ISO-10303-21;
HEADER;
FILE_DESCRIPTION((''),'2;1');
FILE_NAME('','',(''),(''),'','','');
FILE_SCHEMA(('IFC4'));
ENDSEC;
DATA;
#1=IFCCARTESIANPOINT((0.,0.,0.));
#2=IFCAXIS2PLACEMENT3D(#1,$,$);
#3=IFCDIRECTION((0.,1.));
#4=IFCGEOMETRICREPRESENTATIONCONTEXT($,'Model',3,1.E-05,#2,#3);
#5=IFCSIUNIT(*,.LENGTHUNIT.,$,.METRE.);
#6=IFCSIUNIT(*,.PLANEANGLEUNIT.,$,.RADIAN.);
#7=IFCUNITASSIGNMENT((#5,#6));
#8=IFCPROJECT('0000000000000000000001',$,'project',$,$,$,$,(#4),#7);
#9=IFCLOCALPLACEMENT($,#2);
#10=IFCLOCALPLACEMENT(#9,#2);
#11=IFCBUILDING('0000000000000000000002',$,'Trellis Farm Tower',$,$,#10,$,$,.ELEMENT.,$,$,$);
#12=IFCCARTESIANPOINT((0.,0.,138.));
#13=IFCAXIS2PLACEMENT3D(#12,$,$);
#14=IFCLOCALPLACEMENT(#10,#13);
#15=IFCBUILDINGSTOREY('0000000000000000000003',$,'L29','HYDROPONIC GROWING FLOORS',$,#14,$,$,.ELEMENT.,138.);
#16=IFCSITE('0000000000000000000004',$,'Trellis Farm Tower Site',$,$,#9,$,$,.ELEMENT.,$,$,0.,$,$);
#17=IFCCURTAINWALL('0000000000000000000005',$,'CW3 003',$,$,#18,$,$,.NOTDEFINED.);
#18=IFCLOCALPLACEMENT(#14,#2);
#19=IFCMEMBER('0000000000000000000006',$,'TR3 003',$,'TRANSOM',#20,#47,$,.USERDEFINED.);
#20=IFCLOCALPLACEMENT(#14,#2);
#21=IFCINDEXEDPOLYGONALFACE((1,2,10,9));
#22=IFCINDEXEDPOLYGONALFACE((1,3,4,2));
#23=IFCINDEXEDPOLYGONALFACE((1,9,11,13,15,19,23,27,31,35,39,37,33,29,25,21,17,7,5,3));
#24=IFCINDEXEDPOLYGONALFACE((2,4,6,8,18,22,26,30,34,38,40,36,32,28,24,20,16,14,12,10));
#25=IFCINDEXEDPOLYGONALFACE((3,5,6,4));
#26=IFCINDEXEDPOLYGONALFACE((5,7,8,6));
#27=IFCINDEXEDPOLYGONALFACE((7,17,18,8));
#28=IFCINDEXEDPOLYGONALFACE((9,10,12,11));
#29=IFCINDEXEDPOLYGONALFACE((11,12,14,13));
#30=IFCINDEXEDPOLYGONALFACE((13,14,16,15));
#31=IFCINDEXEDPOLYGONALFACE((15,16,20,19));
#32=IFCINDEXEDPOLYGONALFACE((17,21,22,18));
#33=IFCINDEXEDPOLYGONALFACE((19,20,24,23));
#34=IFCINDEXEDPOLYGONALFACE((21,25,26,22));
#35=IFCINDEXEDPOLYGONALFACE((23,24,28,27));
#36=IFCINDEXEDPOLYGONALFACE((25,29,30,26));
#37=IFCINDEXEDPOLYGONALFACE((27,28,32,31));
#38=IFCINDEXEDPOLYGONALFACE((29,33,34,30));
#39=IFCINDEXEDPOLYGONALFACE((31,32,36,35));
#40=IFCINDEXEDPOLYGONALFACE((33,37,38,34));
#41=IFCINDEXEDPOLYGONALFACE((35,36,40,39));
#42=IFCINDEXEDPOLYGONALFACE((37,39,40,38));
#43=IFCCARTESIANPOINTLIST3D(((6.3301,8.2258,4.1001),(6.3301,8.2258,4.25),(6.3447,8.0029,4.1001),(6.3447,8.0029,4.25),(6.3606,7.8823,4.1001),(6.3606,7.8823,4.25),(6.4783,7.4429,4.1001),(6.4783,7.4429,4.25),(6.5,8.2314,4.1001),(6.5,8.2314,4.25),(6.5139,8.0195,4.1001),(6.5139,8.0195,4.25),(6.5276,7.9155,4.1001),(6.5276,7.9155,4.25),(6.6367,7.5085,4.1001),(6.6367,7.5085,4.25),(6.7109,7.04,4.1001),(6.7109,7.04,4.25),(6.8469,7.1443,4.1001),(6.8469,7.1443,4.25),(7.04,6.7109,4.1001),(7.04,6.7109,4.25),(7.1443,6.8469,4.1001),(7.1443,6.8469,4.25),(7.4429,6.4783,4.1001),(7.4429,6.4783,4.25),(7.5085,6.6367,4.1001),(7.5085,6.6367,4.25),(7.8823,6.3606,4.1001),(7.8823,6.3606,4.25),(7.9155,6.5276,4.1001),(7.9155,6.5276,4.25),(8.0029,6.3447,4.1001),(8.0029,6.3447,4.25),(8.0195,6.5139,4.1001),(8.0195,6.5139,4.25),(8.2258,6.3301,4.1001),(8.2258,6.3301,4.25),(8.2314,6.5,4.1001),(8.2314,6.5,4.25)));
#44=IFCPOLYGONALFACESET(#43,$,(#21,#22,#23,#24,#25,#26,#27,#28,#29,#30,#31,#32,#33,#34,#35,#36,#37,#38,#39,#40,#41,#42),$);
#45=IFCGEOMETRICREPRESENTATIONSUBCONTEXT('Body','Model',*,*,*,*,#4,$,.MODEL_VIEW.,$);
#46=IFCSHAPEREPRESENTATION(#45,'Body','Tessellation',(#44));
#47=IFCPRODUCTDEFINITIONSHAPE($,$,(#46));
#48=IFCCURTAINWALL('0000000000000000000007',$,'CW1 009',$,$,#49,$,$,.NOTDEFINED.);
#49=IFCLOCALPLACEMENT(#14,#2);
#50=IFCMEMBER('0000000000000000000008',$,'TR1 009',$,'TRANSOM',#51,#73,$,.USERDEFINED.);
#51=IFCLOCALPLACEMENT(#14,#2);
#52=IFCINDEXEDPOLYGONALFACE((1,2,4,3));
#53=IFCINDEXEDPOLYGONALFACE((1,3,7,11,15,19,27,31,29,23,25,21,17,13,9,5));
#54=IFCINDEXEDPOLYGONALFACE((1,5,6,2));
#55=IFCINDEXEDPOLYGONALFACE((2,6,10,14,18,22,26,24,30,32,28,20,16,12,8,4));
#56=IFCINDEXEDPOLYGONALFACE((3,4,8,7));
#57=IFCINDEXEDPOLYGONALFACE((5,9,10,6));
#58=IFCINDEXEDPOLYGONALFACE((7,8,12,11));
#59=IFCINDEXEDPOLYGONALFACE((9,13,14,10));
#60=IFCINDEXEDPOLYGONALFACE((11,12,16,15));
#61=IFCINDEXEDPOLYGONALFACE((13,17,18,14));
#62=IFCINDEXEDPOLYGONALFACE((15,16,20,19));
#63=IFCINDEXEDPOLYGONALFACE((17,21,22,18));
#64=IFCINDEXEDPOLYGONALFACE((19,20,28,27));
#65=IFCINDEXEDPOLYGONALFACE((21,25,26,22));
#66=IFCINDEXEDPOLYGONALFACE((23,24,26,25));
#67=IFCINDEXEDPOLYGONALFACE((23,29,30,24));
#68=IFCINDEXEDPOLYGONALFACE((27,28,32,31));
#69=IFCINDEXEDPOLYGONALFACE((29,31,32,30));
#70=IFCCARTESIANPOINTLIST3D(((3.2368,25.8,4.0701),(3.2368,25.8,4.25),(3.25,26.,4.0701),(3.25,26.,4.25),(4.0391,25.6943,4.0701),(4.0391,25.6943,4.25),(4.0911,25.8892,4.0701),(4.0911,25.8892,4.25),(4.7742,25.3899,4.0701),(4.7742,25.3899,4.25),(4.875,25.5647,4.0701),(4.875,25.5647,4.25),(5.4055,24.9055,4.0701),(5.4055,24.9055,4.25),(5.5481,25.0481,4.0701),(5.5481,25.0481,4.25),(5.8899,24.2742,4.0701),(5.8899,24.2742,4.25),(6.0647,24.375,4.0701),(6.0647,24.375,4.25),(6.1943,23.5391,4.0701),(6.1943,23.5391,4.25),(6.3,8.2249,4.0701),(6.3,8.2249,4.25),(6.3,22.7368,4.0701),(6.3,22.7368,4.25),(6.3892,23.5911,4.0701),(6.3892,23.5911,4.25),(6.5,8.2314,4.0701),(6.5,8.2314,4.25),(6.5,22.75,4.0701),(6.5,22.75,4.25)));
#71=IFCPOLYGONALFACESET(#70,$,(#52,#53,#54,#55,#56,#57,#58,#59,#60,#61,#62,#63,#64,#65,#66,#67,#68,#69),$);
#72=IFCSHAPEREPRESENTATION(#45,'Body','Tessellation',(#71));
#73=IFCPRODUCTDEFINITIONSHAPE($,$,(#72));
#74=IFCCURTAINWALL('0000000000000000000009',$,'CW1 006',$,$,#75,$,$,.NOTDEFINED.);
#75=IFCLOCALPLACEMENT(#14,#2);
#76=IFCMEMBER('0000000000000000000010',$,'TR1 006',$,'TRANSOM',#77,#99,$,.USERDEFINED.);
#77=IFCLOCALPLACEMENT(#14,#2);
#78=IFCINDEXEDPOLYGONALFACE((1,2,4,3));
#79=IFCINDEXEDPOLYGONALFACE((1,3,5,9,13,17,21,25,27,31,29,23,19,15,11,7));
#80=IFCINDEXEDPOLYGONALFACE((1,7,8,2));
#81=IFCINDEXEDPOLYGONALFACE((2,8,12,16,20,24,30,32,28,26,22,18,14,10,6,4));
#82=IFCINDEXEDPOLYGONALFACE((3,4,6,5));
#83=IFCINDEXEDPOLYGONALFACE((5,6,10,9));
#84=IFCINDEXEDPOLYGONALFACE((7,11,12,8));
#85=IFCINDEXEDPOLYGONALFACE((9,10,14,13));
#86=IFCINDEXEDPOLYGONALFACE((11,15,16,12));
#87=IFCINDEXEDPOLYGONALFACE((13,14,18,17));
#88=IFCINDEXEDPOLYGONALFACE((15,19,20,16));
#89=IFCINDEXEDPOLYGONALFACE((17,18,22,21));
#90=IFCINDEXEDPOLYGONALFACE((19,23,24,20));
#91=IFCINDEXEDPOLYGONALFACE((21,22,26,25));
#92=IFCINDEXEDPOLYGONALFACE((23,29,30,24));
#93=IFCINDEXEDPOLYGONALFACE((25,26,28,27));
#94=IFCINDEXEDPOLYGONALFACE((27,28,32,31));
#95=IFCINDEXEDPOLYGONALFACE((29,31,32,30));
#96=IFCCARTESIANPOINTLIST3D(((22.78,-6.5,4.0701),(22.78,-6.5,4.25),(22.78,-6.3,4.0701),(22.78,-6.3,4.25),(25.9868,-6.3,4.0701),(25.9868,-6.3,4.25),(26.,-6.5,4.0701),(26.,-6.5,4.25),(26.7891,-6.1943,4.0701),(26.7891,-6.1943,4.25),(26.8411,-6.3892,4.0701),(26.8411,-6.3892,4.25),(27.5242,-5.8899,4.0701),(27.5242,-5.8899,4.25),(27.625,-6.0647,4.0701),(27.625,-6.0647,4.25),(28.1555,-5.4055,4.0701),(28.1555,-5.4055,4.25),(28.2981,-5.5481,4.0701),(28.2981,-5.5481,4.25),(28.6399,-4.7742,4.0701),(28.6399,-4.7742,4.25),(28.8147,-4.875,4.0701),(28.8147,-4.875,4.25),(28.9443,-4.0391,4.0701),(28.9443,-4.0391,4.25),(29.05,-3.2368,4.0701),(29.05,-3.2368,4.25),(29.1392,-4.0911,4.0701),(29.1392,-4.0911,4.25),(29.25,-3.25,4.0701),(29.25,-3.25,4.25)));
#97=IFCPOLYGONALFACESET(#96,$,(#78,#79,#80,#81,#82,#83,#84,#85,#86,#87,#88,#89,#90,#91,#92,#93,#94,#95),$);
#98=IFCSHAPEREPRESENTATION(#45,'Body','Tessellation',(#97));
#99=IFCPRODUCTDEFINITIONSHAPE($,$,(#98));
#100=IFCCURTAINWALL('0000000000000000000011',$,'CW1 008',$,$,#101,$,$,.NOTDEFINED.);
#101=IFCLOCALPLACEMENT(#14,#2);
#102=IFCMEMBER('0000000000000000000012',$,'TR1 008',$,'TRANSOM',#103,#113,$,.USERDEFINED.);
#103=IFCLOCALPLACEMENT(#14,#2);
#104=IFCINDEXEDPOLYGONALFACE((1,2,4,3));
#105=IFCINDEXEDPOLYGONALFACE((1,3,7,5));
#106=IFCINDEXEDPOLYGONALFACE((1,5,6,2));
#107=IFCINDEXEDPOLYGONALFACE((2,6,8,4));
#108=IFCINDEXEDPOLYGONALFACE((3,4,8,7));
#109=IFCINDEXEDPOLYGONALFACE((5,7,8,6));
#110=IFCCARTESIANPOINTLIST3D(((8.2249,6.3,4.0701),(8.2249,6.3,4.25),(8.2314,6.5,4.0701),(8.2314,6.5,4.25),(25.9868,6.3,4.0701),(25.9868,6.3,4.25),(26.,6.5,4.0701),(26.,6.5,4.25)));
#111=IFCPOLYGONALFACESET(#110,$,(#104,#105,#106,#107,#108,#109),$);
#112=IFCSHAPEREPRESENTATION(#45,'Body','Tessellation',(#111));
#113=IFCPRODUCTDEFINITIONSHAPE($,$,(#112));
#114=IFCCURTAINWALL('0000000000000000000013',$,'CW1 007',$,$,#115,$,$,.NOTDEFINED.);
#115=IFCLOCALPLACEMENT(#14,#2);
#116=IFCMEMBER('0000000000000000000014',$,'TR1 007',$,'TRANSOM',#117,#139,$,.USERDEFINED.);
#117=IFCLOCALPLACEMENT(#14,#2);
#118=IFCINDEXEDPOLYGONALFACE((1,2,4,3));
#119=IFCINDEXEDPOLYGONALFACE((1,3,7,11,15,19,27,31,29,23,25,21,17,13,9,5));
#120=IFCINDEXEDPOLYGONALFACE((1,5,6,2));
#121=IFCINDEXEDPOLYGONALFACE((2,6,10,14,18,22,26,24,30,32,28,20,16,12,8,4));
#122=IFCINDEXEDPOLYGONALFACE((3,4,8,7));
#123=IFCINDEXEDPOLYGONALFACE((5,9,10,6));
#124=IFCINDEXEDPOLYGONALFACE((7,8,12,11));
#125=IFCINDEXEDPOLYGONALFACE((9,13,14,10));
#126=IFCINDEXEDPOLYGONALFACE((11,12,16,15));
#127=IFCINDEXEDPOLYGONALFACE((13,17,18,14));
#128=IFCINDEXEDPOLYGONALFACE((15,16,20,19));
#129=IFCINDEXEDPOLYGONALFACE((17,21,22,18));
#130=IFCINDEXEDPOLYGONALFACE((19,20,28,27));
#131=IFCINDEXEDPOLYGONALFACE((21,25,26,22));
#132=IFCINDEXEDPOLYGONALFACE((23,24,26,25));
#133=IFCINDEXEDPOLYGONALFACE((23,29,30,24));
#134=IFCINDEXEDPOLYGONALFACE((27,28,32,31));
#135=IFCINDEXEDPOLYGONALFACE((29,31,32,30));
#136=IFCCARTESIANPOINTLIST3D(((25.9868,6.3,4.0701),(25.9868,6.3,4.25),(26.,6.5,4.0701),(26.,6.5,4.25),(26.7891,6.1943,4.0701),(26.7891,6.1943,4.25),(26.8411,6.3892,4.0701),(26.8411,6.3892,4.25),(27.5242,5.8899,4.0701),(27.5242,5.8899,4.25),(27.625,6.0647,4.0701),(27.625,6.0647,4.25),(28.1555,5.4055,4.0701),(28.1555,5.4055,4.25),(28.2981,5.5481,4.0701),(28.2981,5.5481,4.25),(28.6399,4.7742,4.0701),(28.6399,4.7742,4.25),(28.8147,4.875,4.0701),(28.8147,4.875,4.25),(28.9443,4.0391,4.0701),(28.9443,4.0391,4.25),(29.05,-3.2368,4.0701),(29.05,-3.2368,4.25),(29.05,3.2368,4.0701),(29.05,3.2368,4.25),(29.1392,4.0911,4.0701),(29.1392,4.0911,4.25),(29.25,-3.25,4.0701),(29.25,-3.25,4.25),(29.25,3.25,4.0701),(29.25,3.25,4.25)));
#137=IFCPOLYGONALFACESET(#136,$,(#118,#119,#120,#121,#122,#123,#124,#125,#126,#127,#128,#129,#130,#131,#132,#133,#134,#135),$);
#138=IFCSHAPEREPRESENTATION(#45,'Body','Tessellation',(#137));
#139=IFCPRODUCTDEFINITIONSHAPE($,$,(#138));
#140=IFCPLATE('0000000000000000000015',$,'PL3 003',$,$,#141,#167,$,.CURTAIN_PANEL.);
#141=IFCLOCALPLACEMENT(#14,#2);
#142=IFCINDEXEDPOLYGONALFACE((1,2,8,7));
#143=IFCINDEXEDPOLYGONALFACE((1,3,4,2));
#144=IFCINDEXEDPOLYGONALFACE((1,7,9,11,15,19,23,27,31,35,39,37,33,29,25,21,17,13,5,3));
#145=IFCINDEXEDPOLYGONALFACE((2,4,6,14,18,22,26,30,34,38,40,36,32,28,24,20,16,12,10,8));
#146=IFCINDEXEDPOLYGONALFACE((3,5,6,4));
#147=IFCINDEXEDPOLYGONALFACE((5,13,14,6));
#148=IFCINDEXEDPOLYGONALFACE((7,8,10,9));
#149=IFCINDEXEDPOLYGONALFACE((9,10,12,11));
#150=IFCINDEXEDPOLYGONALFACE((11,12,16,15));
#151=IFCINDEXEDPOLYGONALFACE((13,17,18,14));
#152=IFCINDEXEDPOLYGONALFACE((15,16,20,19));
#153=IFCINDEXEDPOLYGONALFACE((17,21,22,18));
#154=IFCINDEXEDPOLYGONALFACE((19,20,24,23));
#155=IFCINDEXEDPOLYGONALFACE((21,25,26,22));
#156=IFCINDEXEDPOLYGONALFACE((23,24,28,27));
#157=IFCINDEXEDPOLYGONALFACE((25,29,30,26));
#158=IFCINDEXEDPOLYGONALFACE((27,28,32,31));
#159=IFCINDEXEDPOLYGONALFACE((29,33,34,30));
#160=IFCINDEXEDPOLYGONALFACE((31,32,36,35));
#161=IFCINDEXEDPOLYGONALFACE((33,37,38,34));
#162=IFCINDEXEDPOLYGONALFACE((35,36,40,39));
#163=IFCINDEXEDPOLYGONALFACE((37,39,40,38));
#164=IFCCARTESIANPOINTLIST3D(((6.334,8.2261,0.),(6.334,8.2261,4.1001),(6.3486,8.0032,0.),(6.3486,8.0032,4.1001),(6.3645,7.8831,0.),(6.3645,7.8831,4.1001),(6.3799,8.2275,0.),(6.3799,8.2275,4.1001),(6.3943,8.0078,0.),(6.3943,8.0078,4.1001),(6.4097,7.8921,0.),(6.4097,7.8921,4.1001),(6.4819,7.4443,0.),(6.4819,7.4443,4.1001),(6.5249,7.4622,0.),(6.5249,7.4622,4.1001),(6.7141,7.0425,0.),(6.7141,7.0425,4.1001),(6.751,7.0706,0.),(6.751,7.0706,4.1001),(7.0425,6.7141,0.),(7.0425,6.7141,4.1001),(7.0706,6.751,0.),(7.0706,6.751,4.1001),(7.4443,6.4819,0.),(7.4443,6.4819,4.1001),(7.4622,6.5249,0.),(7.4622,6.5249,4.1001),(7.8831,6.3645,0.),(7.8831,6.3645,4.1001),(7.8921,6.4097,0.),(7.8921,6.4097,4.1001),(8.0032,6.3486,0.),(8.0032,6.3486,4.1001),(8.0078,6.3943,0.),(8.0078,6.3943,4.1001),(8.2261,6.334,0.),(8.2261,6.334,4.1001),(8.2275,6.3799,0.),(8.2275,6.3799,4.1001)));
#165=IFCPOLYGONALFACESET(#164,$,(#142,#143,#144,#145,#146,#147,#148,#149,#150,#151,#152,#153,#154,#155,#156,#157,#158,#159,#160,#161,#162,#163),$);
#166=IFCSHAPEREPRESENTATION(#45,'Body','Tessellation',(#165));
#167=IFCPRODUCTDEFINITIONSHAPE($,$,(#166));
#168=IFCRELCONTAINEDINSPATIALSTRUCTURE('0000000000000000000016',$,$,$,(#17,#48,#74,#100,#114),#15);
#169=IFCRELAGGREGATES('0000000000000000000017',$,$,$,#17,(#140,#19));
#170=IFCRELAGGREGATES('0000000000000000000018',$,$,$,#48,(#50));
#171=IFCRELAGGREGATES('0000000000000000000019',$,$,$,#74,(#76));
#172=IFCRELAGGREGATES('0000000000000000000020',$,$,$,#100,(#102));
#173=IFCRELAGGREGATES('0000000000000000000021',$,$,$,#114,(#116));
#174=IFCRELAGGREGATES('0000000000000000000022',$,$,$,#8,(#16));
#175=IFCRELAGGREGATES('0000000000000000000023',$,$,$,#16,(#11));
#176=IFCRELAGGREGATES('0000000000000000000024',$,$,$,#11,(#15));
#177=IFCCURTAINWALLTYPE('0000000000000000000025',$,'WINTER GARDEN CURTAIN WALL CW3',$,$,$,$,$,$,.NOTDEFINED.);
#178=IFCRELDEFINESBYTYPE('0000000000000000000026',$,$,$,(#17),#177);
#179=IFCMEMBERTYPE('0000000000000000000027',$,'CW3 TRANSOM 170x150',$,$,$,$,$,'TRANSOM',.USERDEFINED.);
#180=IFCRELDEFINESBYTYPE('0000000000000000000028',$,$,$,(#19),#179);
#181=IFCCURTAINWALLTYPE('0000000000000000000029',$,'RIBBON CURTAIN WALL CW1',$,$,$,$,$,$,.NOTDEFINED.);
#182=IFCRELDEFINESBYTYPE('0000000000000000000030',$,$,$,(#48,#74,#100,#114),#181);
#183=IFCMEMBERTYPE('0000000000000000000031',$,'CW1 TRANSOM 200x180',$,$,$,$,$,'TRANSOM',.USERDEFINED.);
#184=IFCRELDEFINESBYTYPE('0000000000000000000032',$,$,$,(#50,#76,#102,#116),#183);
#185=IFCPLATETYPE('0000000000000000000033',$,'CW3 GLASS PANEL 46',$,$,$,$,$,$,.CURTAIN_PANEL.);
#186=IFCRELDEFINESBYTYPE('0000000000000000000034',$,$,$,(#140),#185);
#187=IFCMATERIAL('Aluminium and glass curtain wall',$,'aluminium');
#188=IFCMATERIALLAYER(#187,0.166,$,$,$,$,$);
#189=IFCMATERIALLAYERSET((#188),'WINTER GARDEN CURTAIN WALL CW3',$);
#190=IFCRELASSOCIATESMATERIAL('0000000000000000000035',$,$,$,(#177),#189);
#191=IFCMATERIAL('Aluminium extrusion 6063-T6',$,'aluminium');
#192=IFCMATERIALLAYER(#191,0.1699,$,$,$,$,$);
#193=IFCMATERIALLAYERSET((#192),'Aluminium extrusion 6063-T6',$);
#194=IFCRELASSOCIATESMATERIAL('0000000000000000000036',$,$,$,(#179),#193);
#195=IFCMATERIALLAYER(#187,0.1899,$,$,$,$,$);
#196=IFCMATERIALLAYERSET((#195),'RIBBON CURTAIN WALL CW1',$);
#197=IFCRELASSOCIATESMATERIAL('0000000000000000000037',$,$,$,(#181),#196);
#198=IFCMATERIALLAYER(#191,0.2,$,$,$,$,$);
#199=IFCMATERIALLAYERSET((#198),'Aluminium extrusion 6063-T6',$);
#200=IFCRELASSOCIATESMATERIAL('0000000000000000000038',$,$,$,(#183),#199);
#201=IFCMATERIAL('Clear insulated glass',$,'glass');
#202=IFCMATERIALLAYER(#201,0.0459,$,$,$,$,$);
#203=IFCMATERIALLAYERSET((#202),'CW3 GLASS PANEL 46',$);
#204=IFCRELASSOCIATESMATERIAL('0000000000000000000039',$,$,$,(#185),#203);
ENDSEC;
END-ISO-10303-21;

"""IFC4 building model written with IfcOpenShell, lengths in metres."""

from ifc_helpers import new_model, si_unit, direction, frame, origin, place, context, subcontext, project, spatial, polyline, outline, extrude, source, transform, mapped, material, layer, layer_set, type_object, element, aggregate, save


model = new_model("IFC4")

# Units and contexts
model_context = context("Model", 3, precision=1e-05, world=origin(), true_north=direction((0.0, 1.0)))
body_context = subcontext(model_context, "Body", "Model", "MODEL_VIEW")
ifc_project = project(units=[si_unit("LENGTHUNIT", "METRE"), si_unit("PLANEANGLEUNIT", "RADIAN")], contexts=[model_context])

# Site, building, storey
site_placement = place(None, origin())
site = spatial("IfcSite", under=ifc_project, at=site_placement, Name="Trellis Farm Tower Site", CompositionType="ELEMENT", RefElevation=0.0)
building_placement = place(site_placement, origin())
building = spatial("IfcBuilding", under=site, at=building_placement, Name="Trellis Farm Tower", CompositionType="ELEMENT")
storey_placement = place(building_placement, frame((0.0, 0.0, 138.0)))
storey = spatial("IfcBuildingStorey", under=building, at=storey_placement, Name="L29", Description="HYDROPONIC GROWING FLOORS", CompositionType="ELEMENT", Elevation=138.0)

# Curtain walls, members
ifc_material_1 = material(Name="Aluminium and glass curtain wall", Category="aluminium")
ifc_layer_1 = layer(ifc_material_1, 0.166)
ifc_layer_set_1 = layer_set([ifc_layer_1], Name="WINTER GARDEN CURTAIN WALL CW3")
curtain_wall_type_1 = type_object("IfcCurtainWallType", Name="WINTER GARDEN CURTAIN WALL CW3", PredefinedType="NOTDEFINED", material=ifc_layer_set_1)
placement_1 = place(storey_placement, origin())
curtain_wall_1 = element("IfcCurtainWall", 1, at=placement_1, inside=storey, type_object=curtain_wall_type_1, Name="CW3 003", PredefinedType="NOTDEFINED")
ifc_material_2 = material(Name="Aluminium extrusion 6063-T6", Category="aluminium")
ifc_layer_2 = layer(ifc_material_2, 0.1699)
ifc_layer_set_2 = layer_set([ifc_layer_2], Name="Aluminium extrusion 6063-T6")
member_type_1 = type_object("IfcMemberType", Name="CW3 TRANSOM 170x150", ElementType="TRANSOM", PredefinedType="USERDEFINED", material=ifc_layer_set_2)
shared_shape_1 = source(origin(), body_context, "Body", "SweptSolid", [
    extrude(outline(polyline([(8.2314, 6.5), (8.0195, 6.5139), (7.9155, 6.5276), (7.5085, 6.6367), (7.1443, 6.8469), (6.8469, 7.1443), (6.6367, 7.5085), (6.5276, 7.9155), (6.5139, 8.0195), (6.5, 8.2314), (6.3301, 8.2258), (6.3447, 8.0029), (6.3606, 7.8823), (6.4783, 7.4429), (6.7109, 7.04), (7.04, 6.7109), (7.4429, 6.4783), (7.8823, 6.3606), (8.0029, 6.3447), (8.2258, 6.3301), (8.2314, 6.5)])), origin(), (0.0, 0.0, 1.0), 0.1499),
])
member_1_placement = place(storey_placement, frame((0.0, 0.0, 4.1001)))
member_1 = element("IfcMember", 2, at=member_1_placement, type_object=member_type_1, Name="TR3 003", ObjectType="TRANSOM", PredefinedType="USERDEFINED", context=body_context, shape_type="MappedRepresentation", body=[
    mapped(shared_shape_1, transform((0.0, 0.0, 0.0))),
])
ifc_layer_3 = layer(ifc_material_1, 0.1899)
ifc_layer_set_3 = layer_set([ifc_layer_3], Name="RIBBON CURTAIN WALL CW1")
curtain_wall_type_2 = type_object("IfcCurtainWallType", Name="RIBBON CURTAIN WALL CW1", PredefinedType="NOTDEFINED", material=ifc_layer_set_3)
curtain_wall_2 = element("IfcCurtainWall", 3, at=placement_1, inside=storey, type_object=curtain_wall_type_2, Name="CW1 009", PredefinedType="NOTDEFINED")
ifc_layer_4 = layer(ifc_material_2, 0.2)
ifc_layer_set_4 = layer_set([ifc_layer_4], Name="Aluminium extrusion 6063-T6")
member_type_2 = type_object("IfcMemberType", Name="CW1 TRANSOM 200x180", ElementType="TRANSOM", PredefinedType="USERDEFINED", material=ifc_layer_set_4)
shared_shape_2 = source(origin(), body_context, "Body", "SweptSolid", [
    extrude(outline(polyline([(6.5, 8.2314), (6.5, 22.75), (6.3892, 23.5911), (6.0647, 24.375), (5.5481, 25.0481), (4.875, 25.5647), (4.0911, 25.8892), (3.25, 26.0), (3.2368, 25.8), (4.0391, 25.6943), (4.7742, 25.3899), (5.4055, 24.9055), (5.8899, 24.2742), (6.1943, 23.5391), (6.3, 22.7368), (6.3, 8.2249), (6.5, 8.2314)])), origin(), (0.0, 0.0, 1.0), 0.1799),
])
placement_2 = place(storey_placement, frame((0.0, 0.0, 4.0701)))
member_2 = element("IfcMember", 4, at=placement_2, type_object=member_type_2, Name="TR1 009", ObjectType="TRANSOM", PredefinedType="USERDEFINED", context=body_context, shape_type="MappedRepresentation", body=[
    mapped(shared_shape_2, transform((0.0, 0.0, 0.0))),
])
curtain_wall_3 = element("IfcCurtainWall", 5, at=placement_1, inside=storey, type_object=curtain_wall_type_2, Name="CW1 006", PredefinedType="NOTDEFINED")
shared_shape_3 = source(origin(), body_context, "Body", "SweptSolid", [
    extrude(outline(polyline([(22.78, -6.5), (26.0, -6.5), (26.8411, -6.3892), (27.625, -6.0647), (28.2981, -5.5481), (28.8147, -4.875), (29.1392, -4.0911), (29.25, -3.25), (29.05, -3.2368), (28.9443, -4.0391), (28.6399, -4.7742), (28.1555, -5.4055), (27.5242, -5.8899), (26.7891, -6.1943), (25.9868, -6.3), (22.78, -6.3), (22.78, -6.5)])), origin(), (0.0, 0.0, 1.0), 0.1799),
])
member_3 = element("IfcMember", 6, at=placement_2, type_object=member_type_2, Name="TR1 006", ObjectType="TRANSOM", PredefinedType="USERDEFINED", context=body_context, shape_type="MappedRepresentation", body=[
    mapped(shared_shape_3, transform((0.0, 0.0, 0.0))),
])
curtain_wall_4 = element("IfcCurtainWall", 7, at=placement_1, inside=storey, type_object=curtain_wall_type_2, Name="CW1 008", PredefinedType="NOTDEFINED")
shared_shape_4 = source(origin(), body_context, "Body", "SweptSolid", [
    extrude(outline(polyline([(26.0, 6.5), (8.2314, 6.5), (8.2249, 6.3), (25.9868, 6.3), (26.0, 6.5)])), origin(), (0.0, 0.0, 1.0), 0.1799),
])
member_4 = element("IfcMember", 8, at=placement_2, type_object=member_type_2, Name="TR1 008", ObjectType="TRANSOM", PredefinedType="USERDEFINED", context=body_context, shape_type="MappedRepresentation", body=[
    mapped(shared_shape_4, transform((0.0, 0.0, 0.0))),
])
curtain_wall_5 = element("IfcCurtainWall", 9, at=placement_1, inside=storey, type_object=curtain_wall_type_2, Name="CW1 007", PredefinedType="NOTDEFINED")
shared_shape_5 = source(origin(), body_context, "Body", "SweptSolid", [
    extrude(outline(polyline([(29.25, -3.25), (29.25, 3.25), (29.1392, 4.0911), (28.8147, 4.875), (28.2981, 5.5481), (27.625, 6.0647), (26.8411, 6.3892), (26.0, 6.5), (25.9868, 6.3), (26.7891, 6.1943), (27.5242, 5.8899), (28.1555, 5.4055), (28.6399, 4.7742), (28.9443, 4.0391), (29.05, 3.2368), (29.05, -3.2368), (29.25, -3.25)])), origin(), (0.0, 0.0, 1.0), 0.1799),
])
member_5 = element("IfcMember", 10, at=placement_2, type_object=member_type_2, Name="TR1 007", ObjectType="TRANSOM", PredefinedType="USERDEFINED", context=body_context, shape_type="MappedRepresentation", body=[
    mapped(shared_shape_5, transform((0.0, 0.0, 0.0))),
])

# Plate
ifc_material_3 = material(Name="Clear insulated glass", Category="glass")
ifc_layer_5 = layer(ifc_material_3, 0.0459)
ifc_layer_set_5 = layer_set([ifc_layer_5], Name="CW3 GLASS PANEL 46")
plate_type_1 = type_object("IfcPlateType", Name="CW3 GLASS PANEL 46", PredefinedType="CURTAIN_PANEL", material=ifc_layer_set_5)
shared_shape_6 = source(origin(), body_context, "Body", "SweptSolid", [
    extrude(outline(polyline([(8.2275, 6.3799), (8.0078, 6.3943), (7.8921, 6.4097), (7.4622, 6.5249), (7.0706, 6.751), (6.751, 7.0706), (6.5249, 7.4622), (6.4097, 7.8921), (6.3943, 8.0078), (6.3799, 8.2275), (6.334, 8.2261), (6.3486, 8.0032), (6.3645, 7.8831), (6.4819, 7.4443), (6.7141, 7.0425), (7.0425, 6.7141), (7.4443, 6.4819), (7.8831, 6.3645), (8.0032, 6.3486), (8.2261, 6.334), (8.2275, 6.3799)])), origin(), (0.0, 0.0, 1.0), 4.1001),
])
plate_1 = element("IfcPlate", 11, at=placement_1, type_object=plate_type_1, Name="PL3 003", PredefinedType="CURTAIN_PANEL", context=body_context, shape_type="MappedRepresentation", body=[
    mapped(shared_shape_6, transform((0.0, 0.0, 0.0))),
])
aggregate(curtain_wall_1, [plate_1, member_1])
aggregate(curtain_wall_2, [member_2])

aggregate(curtain_wall_3, [member_3])
aggregate(curtain_wall_4, [member_4])
aggregate(curtain_wall_5, [member_5])

save(model, "model.ifc")
